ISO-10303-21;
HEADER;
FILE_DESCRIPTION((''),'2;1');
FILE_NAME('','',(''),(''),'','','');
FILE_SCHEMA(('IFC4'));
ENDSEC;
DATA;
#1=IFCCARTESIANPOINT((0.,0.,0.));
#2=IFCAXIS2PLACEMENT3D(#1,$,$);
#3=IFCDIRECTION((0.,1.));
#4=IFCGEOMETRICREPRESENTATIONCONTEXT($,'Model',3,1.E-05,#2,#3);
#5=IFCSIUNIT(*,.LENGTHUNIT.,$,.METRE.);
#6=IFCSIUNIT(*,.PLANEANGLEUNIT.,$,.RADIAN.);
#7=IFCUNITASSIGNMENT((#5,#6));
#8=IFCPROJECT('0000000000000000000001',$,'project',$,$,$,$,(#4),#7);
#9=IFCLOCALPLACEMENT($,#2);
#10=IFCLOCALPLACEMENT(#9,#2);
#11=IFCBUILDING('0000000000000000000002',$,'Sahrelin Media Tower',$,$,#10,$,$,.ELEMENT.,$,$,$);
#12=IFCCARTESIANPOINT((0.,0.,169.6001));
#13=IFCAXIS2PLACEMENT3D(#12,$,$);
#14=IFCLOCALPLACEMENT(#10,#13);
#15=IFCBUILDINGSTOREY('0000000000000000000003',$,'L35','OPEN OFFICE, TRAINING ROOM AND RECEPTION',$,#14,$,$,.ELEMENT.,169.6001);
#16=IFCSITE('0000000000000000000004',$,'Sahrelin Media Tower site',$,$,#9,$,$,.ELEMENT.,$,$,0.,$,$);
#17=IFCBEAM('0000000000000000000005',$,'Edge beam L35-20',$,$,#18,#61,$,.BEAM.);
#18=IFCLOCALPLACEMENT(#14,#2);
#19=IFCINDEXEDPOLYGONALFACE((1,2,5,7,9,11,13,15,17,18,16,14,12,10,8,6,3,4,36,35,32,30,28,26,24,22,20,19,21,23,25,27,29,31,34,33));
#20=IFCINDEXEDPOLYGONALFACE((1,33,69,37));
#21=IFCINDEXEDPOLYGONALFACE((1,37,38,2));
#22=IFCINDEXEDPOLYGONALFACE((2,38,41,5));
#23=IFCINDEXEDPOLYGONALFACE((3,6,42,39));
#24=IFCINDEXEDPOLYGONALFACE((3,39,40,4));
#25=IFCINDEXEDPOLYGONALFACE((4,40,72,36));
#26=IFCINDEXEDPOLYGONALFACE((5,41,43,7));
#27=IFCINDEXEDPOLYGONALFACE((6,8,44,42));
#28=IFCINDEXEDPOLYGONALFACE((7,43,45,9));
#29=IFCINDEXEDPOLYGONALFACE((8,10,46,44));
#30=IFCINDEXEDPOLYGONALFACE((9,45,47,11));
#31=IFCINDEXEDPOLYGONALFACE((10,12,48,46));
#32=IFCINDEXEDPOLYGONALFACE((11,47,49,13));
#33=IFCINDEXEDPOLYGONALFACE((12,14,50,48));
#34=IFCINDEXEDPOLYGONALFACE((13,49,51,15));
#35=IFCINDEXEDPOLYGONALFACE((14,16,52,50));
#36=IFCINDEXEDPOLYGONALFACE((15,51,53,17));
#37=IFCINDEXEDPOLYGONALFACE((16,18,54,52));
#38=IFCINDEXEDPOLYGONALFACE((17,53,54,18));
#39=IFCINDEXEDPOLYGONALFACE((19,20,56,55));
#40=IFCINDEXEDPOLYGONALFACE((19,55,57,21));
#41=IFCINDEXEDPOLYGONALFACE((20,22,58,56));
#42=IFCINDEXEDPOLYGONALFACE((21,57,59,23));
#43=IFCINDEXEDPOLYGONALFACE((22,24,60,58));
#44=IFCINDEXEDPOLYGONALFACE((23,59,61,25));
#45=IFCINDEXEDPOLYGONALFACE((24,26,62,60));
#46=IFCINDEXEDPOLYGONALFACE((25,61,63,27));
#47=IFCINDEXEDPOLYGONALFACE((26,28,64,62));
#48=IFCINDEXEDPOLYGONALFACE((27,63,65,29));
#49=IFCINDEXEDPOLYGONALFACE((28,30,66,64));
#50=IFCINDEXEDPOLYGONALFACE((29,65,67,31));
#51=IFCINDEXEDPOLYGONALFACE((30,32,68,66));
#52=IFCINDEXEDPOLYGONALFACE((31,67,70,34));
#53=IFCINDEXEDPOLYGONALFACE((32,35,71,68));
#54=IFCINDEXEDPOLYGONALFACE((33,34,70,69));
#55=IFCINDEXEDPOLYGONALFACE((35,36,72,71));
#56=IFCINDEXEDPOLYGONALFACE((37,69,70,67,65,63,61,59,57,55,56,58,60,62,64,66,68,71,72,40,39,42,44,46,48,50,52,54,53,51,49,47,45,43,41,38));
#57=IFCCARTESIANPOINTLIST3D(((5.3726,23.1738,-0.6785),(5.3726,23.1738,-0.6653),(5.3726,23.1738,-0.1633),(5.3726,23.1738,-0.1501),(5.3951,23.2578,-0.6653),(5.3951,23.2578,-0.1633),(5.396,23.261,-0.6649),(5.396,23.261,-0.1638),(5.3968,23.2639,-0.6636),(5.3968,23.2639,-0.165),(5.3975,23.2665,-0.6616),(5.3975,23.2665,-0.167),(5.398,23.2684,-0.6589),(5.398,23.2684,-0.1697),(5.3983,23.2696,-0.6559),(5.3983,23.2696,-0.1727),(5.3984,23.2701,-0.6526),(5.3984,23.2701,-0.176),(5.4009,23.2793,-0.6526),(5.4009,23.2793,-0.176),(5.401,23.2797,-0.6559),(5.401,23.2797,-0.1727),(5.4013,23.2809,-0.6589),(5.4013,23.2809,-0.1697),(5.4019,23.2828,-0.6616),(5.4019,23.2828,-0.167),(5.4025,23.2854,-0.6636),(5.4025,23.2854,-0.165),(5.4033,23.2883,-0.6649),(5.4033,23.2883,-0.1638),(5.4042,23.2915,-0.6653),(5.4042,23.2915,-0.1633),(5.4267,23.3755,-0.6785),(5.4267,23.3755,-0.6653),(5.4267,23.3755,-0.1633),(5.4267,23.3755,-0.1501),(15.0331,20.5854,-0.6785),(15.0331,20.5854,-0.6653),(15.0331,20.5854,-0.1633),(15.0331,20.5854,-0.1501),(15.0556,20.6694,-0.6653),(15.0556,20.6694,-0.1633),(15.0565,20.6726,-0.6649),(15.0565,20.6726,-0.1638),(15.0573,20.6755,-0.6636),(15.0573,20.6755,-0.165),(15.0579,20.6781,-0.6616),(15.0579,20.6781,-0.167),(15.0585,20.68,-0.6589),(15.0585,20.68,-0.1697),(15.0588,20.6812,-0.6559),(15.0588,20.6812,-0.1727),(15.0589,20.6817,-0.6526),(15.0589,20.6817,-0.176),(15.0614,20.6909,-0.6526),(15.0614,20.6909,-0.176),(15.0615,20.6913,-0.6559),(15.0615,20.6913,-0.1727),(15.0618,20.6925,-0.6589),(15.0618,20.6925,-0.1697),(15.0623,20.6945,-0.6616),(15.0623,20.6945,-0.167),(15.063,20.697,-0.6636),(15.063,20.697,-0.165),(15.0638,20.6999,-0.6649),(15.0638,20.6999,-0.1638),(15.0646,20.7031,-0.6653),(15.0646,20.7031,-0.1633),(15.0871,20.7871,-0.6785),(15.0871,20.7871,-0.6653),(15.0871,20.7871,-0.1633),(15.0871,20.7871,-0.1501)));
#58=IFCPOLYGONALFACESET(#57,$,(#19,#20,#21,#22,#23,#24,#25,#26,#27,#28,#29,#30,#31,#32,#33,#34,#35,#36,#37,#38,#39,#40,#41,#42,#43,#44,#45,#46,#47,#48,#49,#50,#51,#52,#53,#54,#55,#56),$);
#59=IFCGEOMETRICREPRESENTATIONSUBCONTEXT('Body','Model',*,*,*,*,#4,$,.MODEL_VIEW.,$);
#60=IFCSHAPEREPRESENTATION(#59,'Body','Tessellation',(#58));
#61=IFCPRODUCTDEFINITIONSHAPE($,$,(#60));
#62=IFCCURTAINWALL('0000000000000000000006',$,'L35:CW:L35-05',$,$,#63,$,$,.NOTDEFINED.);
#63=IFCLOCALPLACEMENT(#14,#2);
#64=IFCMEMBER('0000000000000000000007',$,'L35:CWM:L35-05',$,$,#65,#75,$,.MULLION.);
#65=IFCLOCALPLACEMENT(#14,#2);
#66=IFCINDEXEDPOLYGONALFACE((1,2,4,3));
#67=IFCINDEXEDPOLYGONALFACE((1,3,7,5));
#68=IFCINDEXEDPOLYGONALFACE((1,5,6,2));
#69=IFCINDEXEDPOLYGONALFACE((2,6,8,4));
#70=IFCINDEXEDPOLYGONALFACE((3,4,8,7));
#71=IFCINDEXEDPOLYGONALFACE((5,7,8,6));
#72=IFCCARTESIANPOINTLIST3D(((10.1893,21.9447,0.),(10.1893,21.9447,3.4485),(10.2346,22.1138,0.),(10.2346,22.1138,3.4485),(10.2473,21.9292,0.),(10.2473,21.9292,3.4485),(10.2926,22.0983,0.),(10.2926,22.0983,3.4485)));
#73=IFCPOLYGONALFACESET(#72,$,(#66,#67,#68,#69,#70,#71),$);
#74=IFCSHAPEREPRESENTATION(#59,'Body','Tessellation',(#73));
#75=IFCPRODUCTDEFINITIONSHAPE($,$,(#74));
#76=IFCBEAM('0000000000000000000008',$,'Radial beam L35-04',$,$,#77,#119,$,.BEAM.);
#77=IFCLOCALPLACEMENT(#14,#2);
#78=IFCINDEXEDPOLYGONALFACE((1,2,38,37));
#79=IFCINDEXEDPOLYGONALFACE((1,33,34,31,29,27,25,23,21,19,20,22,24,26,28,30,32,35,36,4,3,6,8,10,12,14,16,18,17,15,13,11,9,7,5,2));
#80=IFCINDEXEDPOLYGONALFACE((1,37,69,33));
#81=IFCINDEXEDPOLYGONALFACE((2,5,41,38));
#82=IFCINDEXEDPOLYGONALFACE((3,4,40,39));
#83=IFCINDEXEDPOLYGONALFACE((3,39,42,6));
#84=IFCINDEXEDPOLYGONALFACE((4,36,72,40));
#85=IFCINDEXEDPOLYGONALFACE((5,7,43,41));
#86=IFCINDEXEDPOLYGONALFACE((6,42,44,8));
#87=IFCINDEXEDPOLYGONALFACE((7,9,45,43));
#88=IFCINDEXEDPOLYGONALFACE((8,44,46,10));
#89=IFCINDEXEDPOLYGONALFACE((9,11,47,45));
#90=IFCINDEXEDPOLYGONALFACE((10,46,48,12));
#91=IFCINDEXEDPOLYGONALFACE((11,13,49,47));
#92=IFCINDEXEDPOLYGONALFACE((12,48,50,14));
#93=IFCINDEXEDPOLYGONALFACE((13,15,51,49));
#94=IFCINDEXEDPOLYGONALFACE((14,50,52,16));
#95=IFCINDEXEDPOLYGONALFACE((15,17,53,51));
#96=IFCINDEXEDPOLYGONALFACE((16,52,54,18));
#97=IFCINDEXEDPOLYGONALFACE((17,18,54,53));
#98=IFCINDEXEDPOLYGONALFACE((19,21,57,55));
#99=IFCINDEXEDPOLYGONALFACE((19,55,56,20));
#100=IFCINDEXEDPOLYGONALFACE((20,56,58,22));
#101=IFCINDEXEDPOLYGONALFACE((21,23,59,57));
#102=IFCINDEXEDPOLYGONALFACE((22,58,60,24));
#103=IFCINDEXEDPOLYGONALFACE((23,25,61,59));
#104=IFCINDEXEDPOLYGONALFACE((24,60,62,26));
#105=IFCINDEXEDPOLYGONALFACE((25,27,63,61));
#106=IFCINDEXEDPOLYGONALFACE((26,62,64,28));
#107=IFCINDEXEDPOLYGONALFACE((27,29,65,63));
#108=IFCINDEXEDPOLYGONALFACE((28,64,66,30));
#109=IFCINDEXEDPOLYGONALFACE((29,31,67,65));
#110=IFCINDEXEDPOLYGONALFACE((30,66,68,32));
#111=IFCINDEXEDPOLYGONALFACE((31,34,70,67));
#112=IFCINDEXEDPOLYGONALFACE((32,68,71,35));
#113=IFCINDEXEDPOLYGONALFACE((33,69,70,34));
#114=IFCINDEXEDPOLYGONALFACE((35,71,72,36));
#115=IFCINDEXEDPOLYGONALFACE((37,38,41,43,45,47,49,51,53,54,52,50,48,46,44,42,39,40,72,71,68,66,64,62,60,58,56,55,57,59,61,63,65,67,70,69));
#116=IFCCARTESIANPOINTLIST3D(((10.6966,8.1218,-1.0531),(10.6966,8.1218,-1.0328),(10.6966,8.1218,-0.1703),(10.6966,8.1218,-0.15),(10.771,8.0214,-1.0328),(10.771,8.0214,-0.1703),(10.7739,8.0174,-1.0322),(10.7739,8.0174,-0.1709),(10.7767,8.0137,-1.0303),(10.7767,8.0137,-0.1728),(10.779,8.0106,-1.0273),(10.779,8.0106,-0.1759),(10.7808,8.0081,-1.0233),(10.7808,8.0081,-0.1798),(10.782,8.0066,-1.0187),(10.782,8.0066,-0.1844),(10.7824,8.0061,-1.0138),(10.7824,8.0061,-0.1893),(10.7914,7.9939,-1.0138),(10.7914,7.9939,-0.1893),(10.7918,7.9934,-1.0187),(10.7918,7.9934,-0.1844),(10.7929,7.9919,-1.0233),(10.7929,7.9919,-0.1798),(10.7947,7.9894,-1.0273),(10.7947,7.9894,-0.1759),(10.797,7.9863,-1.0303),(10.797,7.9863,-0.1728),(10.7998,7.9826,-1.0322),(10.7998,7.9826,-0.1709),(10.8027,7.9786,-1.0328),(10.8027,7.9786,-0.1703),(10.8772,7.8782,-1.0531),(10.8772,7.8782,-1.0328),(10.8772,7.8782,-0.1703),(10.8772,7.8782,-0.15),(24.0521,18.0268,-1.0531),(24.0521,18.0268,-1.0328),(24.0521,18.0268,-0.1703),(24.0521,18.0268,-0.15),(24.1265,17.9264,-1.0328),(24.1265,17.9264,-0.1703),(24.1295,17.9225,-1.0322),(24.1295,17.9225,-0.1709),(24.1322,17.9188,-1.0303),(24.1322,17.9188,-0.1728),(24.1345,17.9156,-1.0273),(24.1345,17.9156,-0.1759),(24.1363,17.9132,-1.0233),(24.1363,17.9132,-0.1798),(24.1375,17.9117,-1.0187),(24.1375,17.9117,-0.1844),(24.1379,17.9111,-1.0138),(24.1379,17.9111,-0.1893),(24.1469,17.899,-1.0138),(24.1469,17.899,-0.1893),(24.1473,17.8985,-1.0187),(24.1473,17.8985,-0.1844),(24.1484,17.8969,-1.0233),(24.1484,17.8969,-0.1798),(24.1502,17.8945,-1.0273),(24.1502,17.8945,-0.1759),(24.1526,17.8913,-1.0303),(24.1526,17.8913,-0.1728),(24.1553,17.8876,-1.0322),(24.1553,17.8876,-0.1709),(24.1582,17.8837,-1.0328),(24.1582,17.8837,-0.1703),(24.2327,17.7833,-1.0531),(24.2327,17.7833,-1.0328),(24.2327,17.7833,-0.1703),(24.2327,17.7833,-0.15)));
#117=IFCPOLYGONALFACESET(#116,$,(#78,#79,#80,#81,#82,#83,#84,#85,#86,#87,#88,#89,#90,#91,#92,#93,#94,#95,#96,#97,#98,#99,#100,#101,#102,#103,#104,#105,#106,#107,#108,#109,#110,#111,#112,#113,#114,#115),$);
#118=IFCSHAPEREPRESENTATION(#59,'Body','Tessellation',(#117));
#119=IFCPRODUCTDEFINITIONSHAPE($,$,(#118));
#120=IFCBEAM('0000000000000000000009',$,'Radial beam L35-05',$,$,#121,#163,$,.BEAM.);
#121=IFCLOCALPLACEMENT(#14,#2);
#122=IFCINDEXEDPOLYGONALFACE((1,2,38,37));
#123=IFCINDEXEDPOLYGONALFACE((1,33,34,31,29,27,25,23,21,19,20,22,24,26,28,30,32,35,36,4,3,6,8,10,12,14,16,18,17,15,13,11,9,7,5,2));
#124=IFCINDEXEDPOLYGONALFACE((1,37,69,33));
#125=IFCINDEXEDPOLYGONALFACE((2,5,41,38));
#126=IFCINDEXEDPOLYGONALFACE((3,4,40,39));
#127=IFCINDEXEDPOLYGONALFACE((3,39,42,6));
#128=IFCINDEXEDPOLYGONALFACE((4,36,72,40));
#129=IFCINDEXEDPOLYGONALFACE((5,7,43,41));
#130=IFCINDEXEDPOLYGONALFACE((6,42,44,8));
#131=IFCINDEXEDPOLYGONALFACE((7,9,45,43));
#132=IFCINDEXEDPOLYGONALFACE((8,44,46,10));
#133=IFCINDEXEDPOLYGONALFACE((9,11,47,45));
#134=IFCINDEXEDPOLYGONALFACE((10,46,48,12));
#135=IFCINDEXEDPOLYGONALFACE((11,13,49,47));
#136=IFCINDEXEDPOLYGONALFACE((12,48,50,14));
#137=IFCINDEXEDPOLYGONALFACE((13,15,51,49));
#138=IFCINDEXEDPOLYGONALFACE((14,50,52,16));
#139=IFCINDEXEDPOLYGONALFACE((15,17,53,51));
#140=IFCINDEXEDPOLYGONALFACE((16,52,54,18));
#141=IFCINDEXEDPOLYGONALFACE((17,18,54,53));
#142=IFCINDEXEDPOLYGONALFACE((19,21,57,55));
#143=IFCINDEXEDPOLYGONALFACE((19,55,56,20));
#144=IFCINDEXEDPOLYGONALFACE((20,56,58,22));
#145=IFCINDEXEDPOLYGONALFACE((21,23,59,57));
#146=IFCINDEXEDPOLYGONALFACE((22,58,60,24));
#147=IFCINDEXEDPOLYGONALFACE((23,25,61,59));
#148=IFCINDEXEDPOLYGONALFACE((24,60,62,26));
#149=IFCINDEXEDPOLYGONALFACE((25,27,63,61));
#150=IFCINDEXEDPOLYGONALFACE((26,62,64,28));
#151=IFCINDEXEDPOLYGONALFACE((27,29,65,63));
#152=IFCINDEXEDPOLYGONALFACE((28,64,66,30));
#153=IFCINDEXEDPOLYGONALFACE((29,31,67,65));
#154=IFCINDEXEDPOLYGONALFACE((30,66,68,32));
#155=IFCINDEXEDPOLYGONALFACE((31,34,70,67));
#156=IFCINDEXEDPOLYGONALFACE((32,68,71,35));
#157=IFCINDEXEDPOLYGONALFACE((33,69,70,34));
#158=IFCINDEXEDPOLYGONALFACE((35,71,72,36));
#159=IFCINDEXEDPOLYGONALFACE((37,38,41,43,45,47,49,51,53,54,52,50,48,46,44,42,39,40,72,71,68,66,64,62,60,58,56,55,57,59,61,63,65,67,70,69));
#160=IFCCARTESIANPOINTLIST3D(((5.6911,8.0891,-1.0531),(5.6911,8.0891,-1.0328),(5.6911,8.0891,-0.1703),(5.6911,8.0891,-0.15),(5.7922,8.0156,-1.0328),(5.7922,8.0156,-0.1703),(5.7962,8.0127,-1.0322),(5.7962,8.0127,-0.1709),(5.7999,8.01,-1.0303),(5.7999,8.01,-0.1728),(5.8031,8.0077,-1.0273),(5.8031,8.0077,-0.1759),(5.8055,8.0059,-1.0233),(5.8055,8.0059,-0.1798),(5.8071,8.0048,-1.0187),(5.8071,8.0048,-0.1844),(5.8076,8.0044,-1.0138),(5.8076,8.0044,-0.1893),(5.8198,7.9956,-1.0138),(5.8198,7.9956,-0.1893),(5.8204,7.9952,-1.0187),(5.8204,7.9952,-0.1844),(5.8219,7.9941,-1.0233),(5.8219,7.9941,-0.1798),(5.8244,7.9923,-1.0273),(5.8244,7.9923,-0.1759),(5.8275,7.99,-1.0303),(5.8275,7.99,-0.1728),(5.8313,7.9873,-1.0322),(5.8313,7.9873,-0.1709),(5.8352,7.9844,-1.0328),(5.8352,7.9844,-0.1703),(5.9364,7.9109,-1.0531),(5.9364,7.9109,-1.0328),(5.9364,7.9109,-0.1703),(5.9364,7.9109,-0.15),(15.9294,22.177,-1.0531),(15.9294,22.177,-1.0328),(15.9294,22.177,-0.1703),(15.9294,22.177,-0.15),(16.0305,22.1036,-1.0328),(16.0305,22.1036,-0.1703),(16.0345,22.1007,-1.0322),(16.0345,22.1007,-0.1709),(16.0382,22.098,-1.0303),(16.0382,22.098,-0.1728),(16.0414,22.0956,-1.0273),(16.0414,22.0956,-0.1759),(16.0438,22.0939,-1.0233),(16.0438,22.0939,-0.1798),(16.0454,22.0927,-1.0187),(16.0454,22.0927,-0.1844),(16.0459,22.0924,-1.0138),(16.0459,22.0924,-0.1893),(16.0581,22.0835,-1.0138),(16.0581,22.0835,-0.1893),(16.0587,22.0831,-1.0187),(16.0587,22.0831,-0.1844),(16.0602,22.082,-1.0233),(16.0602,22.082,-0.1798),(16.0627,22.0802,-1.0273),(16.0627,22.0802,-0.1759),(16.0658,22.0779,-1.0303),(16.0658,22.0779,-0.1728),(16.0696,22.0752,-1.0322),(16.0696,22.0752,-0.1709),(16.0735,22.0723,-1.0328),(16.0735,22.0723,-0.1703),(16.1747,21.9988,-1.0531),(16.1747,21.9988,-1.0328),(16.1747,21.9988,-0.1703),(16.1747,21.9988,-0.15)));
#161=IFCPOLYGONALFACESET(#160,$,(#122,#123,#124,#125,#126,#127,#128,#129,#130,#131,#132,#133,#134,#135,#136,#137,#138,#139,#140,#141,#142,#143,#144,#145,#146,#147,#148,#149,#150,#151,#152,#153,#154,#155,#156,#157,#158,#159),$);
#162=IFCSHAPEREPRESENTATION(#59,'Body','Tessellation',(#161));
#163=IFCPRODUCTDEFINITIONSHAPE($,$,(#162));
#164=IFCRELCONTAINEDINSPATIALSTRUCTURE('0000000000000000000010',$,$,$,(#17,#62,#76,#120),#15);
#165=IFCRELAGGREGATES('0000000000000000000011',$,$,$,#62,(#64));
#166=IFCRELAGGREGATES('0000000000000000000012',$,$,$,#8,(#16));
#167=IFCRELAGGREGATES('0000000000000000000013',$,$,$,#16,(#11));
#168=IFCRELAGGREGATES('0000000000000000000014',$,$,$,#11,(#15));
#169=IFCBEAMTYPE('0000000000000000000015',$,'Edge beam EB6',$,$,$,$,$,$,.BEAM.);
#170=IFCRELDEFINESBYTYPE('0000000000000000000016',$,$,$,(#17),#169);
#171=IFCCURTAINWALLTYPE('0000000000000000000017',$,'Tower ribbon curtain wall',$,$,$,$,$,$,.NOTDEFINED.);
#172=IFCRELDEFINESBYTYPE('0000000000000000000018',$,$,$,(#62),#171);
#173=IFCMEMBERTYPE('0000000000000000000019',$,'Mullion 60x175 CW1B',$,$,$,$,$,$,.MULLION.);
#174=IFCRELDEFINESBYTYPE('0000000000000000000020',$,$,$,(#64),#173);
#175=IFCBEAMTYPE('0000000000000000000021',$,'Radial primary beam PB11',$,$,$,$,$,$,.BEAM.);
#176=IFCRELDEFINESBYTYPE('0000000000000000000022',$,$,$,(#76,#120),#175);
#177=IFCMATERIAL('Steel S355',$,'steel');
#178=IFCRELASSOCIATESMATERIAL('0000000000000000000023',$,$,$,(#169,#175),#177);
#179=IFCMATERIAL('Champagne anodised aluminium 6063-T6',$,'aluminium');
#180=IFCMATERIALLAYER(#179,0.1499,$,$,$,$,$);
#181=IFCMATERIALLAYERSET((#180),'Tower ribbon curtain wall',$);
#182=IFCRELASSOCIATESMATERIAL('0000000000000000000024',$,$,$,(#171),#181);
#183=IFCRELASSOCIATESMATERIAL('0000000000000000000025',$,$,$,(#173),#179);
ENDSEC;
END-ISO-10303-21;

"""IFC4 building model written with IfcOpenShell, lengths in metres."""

from ifc_helpers import new_model, si_unit, direction, frame, origin, origin_2d, place, context, subcontext, project, spatial, rectangle, i_section, extrude, material, layer, layer_set, material_profile, profile_set, type_object, element, aggregate, save


model = new_model("IFC4")

# Units and contexts
model_context = context("Model", 3, precision=1e-05, world=origin(), true_north=direction((0.0, 1.0)))
body_context = subcontext(model_context, "Body", "Model", "MODEL_VIEW")
ifc_project = project(units=[si_unit("LENGTHUNIT", "METRE"), si_unit("PLANEANGLEUNIT", "RADIAN")], contexts=[model_context])

# Site, building, storey
site_placement = place(None, origin())
site = spatial("IfcSite", under=ifc_project, at=site_placement, Name="Sahrelin Media Tower site", CompositionType="ELEMENT", RefElevation=0.0)
building_placement = place(site_placement, origin())
building = spatial("IfcBuilding", under=site, at=building_placement, Name="Sahrelin Media Tower", CompositionType="ELEMENT")
storey_placement = place(building_placement, frame((0.0, 0.0, 169.6001)))
storey = spatial("IfcBuildingStorey", under=building, at=storey_placement, Name="L35", Description="OPEN OFFICE, TRAINING ROOM AND RECEPTION", CompositionType="ELEMENT", Elevation=169.6001)

# Beam
ifc_material_1 = material(Name="Steel S355", Category="steel")
ifc_material_profile_1 = material_profile(ifc_material_1, i_section(OverallWidth=0.2087, OverallDepth=0.5283, WebThickness=0.0095, FlangeThickness=0.0132, FilletRadius=0.0127, at=origin_2d()), Name="UB 533x210x82")
ifc_profile_set_1 = profile_set([ifc_material_profile_1], Name="Steel S355")
beam_type_1 = type_object("IfcBeamType", Name="Edge beam EB6", PredefinedType="BEAM", material=ifc_profile_set_1)
beam_1_placement = place(storey_placement, frame((5.3997, 23.2747, -0.4143), z_axis=(0.965929, -0.258808, 0.0), x_axis=(0.258808, 0.965929, 0.0)))
element("IfcBeam", 1, at=beam_1_placement, inside=storey, type_object=beam_type_1, Name="Edge beam L35-20", PredefinedType="BEAM", context=body_context, shape_type="SweptSolid", body=[
    extrude(i_section(OverallWidth=0.2087, OverallDepth=0.5283, WebThickness=0.0095, FlangeThickness=0.0132, FilletRadius=0.0127, at=origin_2d()), origin(), (0.0, 0.0, 1.0), 10.0012),
])

# Curtain wall, member
ifc_material_2 = material(Name="Champagne anodised aluminium 6063-T6", Category="aluminium")
ifc_layer_1 = layer(ifc_material_2, 0.1499)
ifc_layer_set_1 = layer_set([ifc_layer_1], Name="Tower ribbon curtain wall")
curtain_wall_type = type_object("IfcCurtainWallType", Name="Tower ribbon curtain wall", PredefinedType="NOTDEFINED", material=ifc_layer_set_1)
curtain_wall_1_placement = place(storey_placement, frame((10.2688, 22.1252, 0.0), z_axis=(0.0, 0.0, 1.0), x_axis=(1.0, 0.0, 0.0)))
curtain_wall_1 = element("IfcCurtainWall", 2, at=curtain_wall_1_placement, inside=storey, type_object=curtain_wall_type, Name="L35:CW:L35-05", PredefinedType="NOTDEFINED")
ifc_material_profile_2 = material_profile(ifc_material_2, rectangle(XDim=0.0601, YDim=0.175, at=origin_2d()), Name="Mullion 60x175")
ifc_profile_set_2 = profile_set([ifc_material_profile_2], Name="Champagne anodised aluminium 6063-T6")
member_type_1 = type_object("IfcMemberType", Name="Mullion 60x175 CW1B", PredefinedType="MULLION", material=ifc_profile_set_2)
member_1_placement = place(storey_placement, frame((10.241, 22.0215, 0.0), z_axis=(0.0, 0.0, 1.0), x_axis=(-0.965924, 0.258826, 0.0)))
member_1 = element("IfcMember", 3, at=member_1_placement, type_object=member_type_1, Name="L35:CWM:L35-05", PredefinedType="MULLION", context=body_context, shape_type="SweptSolid", body=[
    extrude(rectangle(XDim=0.0601, YDim=0.175, at=origin_2d()), origin(), (0.0, 0.0, 1.0), 3.4485),
])
aggregate(curtain_wall_1, [member_1])

# Beams
ifc_material_profile_3 = material_profile(ifc_material_1, i_section(OverallWidth=0.3032, OverallDepth=0.9031, WebThickness=0.0151, FlangeThickness=0.0203, FilletRadius=0.019, at=origin_2d()), Name="UB 914x305x201")
ifc_profile_set_3 = profile_set([ifc_material_profile_3], Name="Steel S355")
beam_type_2 = type_object("IfcBeamType", Name="Radial primary beam PB11", PredefinedType="BEAM", material=ifc_profile_set_3)
beam_2_placement = place(storey_placement, frame((10.7869, 8.0, -0.6016), z_axis=(0.803209, 0.595697, 0.0), x_axis=(-0.595697, 0.803209, 0.0)))
element("IfcBeam", 4, at=beam_2_placement, inside=storey, type_object=beam_type_2, Name="Radial beam L35-04", PredefinedType="BEAM", context=body_context, shape_type="SweptSolid", body=[
    extrude(i_section(OverallWidth=0.3032, OverallDepth=0.9031, WebThickness=0.0151, FlangeThickness=0.0203, FilletRadius=0.019, at=origin_2d()), origin(), (0.0, 0.0, 1.0), 16.6277),
])
beam_3_placement = place(storey_placement, frame((5.8137, 8.0, -0.6016), z_axis=(0.587892, 0.80894, 0.0), x_axis=(-0.80894, 0.587892, 0.0)))
element("IfcBeam", 5, at=beam_3_placement, inside=storey, type_object=beam_type_2, Name="Radial beam L35-05", PredefinedType="BEAM", context=body_context, shape_type="SweptSolid", body=[
    extrude(i_section(OverallWidth=0.3032, OverallDepth=0.9031, WebThickness=0.0151, FlangeThickness=0.0203, FilletRadius=0.019, at=origin_2d()), origin(), (0.0, 0.0, 1.0), 17.4153),
])

save(model, "model.ifc")
